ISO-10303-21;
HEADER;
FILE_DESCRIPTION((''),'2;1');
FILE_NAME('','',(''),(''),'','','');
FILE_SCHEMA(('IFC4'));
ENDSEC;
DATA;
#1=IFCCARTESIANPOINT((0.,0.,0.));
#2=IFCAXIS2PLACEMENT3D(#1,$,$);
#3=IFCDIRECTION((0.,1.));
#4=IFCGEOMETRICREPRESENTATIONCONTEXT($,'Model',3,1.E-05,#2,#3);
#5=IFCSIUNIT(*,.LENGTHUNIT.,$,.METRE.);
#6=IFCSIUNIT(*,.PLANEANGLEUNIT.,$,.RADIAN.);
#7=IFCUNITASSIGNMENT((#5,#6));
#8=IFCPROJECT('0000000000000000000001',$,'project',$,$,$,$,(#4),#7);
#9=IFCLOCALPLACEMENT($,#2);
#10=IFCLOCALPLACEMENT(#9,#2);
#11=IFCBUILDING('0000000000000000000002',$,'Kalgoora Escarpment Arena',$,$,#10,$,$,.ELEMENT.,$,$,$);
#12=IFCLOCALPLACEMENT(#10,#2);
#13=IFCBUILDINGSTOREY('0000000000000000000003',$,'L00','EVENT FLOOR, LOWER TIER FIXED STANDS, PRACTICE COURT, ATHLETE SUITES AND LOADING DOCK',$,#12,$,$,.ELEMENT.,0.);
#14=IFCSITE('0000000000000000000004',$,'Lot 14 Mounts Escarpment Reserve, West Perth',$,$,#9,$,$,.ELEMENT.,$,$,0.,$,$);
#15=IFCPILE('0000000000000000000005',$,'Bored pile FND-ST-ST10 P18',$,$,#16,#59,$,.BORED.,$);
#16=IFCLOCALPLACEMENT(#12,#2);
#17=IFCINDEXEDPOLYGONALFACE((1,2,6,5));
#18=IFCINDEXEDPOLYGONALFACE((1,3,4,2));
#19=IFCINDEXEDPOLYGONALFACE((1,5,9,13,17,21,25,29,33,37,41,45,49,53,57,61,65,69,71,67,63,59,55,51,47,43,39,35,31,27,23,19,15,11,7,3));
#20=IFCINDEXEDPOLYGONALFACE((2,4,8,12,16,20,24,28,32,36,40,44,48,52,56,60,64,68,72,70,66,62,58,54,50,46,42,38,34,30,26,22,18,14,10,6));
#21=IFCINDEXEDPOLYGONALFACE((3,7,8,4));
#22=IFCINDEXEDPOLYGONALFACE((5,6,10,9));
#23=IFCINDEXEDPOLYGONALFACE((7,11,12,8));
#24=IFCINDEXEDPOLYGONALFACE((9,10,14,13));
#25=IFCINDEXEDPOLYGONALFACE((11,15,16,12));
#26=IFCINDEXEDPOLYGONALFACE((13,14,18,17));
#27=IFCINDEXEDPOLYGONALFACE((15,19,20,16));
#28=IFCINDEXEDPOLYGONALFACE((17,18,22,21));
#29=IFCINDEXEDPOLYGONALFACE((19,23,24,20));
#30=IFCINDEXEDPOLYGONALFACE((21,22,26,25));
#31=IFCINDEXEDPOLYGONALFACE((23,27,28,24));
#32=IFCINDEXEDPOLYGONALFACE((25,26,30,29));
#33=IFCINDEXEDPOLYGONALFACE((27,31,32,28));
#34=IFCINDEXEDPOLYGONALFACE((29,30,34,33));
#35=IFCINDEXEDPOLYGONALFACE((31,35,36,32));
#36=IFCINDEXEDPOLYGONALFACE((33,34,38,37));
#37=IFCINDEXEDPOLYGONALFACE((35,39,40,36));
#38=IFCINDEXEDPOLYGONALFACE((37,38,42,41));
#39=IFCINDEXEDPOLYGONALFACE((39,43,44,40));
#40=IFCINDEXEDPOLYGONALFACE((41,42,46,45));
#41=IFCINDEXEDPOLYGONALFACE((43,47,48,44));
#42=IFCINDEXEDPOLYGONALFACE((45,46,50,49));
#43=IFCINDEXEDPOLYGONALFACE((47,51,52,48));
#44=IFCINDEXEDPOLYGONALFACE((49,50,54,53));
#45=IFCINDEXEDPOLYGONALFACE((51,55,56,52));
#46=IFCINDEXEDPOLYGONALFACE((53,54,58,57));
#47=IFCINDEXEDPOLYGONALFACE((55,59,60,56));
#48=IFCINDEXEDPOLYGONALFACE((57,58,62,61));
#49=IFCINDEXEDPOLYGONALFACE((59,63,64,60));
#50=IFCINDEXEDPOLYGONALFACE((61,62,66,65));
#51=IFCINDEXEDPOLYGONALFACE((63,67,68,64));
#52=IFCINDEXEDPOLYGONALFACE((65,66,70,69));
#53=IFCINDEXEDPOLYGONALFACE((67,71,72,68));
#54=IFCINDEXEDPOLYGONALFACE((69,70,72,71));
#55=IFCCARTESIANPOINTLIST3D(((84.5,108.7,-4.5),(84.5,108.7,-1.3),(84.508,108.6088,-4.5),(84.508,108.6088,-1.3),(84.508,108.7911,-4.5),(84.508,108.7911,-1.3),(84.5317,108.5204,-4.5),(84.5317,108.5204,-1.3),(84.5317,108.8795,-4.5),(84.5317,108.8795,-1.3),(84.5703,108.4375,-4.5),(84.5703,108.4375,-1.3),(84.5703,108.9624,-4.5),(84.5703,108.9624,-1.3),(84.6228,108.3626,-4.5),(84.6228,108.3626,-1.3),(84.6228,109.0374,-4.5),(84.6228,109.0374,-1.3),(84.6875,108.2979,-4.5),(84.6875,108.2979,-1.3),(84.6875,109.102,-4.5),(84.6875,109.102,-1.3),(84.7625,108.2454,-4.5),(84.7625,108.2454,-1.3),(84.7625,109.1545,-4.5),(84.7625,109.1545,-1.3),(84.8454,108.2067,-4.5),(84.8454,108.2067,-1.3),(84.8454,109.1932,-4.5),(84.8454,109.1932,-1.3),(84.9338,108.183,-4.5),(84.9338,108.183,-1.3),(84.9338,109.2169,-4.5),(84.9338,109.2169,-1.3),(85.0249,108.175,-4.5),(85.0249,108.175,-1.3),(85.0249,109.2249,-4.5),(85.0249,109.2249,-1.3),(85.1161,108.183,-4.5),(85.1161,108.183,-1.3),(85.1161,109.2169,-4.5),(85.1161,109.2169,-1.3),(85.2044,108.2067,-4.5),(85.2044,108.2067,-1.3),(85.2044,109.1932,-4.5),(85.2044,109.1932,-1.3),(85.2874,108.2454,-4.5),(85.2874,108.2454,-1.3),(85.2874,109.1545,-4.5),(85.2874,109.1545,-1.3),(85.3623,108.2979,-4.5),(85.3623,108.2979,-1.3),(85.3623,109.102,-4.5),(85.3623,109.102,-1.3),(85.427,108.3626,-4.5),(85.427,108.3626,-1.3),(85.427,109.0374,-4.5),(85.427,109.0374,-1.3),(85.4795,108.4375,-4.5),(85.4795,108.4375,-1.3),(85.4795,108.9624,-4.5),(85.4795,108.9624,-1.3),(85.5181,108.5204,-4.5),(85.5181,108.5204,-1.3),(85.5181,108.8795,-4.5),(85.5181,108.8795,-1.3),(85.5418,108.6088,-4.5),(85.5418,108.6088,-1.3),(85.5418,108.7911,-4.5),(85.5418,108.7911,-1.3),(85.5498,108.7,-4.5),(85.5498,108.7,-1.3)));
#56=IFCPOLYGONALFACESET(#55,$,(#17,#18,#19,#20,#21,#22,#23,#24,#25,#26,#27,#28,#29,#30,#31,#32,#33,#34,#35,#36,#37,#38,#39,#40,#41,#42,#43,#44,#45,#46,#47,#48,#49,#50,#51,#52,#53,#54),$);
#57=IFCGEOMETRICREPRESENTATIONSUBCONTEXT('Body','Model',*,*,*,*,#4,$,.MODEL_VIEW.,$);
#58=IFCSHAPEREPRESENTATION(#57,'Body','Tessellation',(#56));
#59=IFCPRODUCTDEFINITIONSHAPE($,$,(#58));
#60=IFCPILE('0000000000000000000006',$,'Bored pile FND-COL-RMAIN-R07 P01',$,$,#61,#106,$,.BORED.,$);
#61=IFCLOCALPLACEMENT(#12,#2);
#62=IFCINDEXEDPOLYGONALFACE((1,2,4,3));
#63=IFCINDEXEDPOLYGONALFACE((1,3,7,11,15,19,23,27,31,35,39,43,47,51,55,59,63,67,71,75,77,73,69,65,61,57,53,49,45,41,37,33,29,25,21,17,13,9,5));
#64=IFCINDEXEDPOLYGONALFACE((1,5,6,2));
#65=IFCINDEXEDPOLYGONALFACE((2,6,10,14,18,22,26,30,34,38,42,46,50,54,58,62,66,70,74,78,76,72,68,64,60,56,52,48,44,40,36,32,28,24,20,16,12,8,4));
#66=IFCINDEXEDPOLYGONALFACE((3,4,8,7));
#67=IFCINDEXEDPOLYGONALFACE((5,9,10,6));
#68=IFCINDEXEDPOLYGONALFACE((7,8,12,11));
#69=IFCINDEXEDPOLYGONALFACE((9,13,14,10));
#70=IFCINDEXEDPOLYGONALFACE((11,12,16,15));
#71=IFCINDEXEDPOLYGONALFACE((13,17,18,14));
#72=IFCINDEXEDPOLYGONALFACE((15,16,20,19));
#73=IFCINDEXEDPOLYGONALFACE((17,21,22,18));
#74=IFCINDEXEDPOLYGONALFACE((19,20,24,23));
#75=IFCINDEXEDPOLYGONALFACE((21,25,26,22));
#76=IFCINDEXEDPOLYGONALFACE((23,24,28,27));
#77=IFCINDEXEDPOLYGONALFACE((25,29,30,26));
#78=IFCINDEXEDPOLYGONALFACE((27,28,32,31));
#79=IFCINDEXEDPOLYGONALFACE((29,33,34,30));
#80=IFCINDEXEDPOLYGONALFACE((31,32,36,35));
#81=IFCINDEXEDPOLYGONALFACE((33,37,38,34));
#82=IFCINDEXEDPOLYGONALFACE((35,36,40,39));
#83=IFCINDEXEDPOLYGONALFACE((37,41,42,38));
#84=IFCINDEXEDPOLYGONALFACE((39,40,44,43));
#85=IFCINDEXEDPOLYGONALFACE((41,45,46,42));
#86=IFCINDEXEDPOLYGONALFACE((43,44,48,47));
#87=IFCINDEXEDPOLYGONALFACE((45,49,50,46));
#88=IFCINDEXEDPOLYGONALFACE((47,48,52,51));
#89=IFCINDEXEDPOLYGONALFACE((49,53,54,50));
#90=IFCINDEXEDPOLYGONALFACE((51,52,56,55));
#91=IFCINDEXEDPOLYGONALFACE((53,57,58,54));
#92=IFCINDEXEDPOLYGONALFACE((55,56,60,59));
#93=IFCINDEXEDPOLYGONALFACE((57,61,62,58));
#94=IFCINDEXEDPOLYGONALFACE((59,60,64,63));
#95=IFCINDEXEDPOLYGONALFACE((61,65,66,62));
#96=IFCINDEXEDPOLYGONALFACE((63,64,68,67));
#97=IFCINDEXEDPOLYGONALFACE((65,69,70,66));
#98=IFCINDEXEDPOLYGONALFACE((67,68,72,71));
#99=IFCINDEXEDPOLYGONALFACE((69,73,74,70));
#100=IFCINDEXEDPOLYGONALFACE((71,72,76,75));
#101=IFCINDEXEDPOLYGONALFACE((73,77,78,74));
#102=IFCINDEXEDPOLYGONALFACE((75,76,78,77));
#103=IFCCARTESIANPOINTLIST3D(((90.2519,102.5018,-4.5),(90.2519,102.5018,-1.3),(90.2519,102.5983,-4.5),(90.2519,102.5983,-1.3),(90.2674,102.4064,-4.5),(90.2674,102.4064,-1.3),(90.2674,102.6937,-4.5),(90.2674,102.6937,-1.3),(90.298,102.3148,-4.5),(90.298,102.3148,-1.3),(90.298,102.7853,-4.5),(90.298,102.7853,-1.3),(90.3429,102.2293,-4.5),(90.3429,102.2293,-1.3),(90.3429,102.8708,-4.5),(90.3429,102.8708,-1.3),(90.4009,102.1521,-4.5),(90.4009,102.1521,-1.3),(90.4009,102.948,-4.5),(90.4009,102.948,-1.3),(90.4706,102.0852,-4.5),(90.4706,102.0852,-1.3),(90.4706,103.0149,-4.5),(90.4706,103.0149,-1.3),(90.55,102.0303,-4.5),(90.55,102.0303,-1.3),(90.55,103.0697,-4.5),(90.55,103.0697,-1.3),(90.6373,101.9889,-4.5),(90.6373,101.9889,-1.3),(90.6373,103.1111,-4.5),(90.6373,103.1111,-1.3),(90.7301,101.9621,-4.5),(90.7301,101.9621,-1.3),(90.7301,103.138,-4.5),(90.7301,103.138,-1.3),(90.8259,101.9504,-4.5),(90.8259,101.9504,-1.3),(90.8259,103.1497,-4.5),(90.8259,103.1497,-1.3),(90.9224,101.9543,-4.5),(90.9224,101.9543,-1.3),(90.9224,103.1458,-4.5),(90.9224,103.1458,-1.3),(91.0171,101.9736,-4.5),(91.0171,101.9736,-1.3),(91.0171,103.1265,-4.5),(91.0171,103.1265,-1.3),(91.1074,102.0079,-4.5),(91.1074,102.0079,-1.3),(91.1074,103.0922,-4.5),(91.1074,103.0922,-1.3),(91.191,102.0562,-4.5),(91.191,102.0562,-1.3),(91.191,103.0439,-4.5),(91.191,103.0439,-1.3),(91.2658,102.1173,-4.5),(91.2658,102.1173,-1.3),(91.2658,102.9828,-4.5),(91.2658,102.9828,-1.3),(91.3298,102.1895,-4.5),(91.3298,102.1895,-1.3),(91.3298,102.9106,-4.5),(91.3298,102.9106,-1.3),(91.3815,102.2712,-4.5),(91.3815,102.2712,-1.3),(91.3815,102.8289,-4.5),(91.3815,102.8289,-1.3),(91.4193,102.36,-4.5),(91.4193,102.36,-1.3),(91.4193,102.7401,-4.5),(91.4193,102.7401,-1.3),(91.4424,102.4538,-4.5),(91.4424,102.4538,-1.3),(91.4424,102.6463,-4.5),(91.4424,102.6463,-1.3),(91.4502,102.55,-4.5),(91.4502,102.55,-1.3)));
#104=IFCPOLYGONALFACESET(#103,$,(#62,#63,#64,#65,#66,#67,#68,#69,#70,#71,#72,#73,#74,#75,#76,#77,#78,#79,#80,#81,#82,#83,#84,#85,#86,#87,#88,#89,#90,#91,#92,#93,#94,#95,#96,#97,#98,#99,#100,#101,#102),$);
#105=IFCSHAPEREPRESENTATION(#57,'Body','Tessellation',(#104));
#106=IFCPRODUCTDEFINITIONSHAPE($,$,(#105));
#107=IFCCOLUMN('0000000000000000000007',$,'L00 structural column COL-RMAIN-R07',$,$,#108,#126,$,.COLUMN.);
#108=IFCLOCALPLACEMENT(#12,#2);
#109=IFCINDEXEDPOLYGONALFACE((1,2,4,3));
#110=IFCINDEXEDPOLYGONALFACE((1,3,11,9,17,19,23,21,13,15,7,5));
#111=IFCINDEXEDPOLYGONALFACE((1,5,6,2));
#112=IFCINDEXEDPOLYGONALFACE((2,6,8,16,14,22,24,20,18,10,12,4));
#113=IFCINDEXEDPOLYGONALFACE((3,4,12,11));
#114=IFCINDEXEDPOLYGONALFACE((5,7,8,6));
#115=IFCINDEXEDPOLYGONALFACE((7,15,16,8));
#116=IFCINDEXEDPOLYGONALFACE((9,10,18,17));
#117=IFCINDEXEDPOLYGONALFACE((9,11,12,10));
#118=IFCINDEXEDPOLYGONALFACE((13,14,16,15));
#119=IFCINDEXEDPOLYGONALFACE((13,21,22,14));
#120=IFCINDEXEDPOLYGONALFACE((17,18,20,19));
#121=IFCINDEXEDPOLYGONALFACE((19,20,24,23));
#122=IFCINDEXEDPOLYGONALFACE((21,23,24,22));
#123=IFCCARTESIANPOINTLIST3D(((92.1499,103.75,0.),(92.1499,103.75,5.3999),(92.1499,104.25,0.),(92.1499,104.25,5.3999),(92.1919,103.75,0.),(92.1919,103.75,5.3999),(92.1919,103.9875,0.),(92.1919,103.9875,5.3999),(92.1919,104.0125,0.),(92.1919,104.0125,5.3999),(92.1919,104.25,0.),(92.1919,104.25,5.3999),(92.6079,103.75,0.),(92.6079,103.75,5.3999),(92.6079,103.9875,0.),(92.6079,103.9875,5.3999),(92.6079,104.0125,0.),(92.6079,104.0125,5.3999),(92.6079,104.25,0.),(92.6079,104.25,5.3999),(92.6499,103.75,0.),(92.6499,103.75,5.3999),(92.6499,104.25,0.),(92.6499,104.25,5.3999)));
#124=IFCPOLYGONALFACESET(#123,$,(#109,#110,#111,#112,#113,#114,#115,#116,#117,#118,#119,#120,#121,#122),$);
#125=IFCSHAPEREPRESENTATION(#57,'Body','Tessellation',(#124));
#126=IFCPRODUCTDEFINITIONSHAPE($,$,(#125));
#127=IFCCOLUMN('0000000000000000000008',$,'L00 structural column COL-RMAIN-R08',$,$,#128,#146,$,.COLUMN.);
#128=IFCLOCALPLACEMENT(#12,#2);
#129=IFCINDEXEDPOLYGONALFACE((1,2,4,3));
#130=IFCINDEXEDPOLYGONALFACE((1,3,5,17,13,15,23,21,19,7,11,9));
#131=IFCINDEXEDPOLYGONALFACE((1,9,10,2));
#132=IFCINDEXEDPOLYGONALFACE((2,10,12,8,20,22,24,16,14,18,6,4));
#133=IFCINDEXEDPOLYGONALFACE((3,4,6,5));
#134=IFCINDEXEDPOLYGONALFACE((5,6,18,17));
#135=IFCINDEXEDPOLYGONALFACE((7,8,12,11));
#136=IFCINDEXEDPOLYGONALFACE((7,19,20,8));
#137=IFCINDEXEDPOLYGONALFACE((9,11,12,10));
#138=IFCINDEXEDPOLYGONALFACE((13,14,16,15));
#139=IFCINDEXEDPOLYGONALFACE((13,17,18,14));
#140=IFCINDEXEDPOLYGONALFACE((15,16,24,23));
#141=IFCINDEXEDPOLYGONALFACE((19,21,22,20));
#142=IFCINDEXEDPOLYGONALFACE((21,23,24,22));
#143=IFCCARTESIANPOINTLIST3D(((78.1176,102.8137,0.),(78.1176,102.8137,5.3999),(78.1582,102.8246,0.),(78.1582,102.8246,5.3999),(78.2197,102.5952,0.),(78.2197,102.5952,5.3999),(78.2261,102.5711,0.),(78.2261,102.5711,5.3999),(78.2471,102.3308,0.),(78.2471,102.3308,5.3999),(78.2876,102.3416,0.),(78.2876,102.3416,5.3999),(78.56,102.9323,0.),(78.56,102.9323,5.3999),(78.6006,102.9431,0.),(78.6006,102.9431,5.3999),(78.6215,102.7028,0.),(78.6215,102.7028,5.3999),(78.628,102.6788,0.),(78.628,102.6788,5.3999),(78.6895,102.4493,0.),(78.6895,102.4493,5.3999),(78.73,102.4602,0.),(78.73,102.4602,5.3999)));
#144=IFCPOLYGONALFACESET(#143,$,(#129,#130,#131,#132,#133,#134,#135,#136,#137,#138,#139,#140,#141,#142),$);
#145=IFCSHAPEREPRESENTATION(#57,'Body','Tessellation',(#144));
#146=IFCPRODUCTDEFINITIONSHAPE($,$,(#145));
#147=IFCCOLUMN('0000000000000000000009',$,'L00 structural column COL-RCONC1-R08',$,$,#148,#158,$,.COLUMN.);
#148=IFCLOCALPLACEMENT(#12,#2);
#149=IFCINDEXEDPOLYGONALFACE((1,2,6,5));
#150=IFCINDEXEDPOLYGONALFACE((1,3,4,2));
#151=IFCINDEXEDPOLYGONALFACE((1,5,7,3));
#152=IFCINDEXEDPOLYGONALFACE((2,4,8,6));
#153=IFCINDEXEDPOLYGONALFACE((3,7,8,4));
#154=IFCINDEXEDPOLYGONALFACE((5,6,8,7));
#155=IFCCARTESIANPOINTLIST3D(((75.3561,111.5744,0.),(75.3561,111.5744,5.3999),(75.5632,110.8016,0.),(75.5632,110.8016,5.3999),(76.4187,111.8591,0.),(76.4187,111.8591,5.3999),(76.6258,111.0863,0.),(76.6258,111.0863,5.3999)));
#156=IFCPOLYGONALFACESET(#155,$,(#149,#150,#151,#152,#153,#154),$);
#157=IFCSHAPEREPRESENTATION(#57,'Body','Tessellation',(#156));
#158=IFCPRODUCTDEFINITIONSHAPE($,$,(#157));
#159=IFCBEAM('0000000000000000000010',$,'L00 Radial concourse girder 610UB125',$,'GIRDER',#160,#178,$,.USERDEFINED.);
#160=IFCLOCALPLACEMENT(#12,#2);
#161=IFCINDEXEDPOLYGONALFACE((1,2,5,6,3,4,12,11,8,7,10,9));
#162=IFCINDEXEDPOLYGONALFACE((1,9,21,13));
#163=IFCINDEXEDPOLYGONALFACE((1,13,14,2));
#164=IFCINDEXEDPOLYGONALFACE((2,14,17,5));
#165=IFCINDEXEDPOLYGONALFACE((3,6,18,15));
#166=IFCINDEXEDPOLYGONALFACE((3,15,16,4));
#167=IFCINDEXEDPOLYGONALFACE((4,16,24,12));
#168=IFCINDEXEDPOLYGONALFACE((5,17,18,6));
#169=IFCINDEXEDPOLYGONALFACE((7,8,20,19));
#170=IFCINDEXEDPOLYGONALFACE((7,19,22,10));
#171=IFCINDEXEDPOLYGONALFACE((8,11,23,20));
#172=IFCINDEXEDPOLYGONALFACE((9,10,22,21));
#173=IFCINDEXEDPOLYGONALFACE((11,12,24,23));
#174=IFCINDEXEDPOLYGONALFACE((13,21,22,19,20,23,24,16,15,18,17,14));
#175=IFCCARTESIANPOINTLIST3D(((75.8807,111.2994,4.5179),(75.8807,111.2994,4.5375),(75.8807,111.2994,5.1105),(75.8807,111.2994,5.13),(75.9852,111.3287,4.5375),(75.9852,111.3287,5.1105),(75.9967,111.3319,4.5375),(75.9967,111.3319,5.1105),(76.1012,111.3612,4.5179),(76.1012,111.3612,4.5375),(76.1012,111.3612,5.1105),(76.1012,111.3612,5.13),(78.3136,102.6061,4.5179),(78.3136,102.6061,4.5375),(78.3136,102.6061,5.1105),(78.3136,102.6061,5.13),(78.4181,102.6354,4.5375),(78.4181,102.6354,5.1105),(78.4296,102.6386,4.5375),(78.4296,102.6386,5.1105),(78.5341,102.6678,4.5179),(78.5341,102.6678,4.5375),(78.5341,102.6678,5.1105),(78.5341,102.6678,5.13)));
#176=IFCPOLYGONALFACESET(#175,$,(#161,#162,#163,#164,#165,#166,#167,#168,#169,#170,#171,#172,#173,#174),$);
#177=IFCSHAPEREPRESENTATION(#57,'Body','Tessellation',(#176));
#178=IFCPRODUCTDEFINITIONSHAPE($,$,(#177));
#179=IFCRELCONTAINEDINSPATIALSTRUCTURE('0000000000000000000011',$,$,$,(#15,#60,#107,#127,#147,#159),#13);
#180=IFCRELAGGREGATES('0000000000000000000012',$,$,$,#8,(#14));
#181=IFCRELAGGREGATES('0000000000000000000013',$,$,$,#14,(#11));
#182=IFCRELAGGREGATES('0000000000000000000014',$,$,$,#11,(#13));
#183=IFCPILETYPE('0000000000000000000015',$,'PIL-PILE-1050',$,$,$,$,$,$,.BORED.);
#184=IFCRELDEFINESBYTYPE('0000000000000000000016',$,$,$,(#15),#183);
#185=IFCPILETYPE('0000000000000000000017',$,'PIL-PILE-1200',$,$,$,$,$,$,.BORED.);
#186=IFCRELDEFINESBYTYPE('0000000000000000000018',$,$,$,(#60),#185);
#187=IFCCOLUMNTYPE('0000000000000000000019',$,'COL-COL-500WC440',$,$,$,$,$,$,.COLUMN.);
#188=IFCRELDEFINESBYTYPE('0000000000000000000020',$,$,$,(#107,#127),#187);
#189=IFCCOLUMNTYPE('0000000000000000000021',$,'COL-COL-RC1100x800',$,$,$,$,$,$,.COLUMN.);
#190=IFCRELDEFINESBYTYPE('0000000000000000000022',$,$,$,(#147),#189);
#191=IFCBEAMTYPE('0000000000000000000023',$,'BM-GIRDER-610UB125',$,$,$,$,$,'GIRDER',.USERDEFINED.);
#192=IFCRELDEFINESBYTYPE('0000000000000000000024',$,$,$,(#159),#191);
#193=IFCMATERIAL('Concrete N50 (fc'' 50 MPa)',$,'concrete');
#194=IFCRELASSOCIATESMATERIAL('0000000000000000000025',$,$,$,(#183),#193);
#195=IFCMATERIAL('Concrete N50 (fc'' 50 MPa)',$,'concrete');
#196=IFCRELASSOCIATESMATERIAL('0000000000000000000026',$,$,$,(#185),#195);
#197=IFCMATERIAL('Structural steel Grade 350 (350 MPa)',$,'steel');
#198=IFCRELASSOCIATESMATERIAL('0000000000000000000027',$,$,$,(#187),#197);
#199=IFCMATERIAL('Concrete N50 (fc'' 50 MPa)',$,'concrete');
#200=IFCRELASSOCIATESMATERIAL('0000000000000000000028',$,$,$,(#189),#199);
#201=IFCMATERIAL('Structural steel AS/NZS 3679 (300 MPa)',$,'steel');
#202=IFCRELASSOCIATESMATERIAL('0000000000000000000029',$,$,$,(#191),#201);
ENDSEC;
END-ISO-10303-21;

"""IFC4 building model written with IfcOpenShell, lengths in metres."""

from ifc_helpers import new_model, si_unit, direction, frame, origin, origin_2d, place, context, subcontext, project, spatial, rectangle, circle, i_section, extrude, material, material_profile, profile_set, type_object, element, save


model = new_model("IFC4")

# Units and contexts
model_context = context("Model", 3, precision=1e-05, world=origin(), true_north=direction((0.0, 1.0)))
body_context = subcontext(model_context, "Body", "Model", "MODEL_VIEW")
ifc_project = project(units=[si_unit("LENGTHUNIT", "METRE"), si_unit("PLANEANGLEUNIT", "RADIAN")], contexts=[model_context])

# Site, building, storey
site_placement = place(None, origin())
site = spatial("IfcSite", under=ifc_project, at=site_placement, Name="Lot 14 Mounts Escarpment Reserve, West Perth", CompositionType="ELEMENT", RefElevation=0.0)
building_placement = place(site_placement, origin())
building = spatial("IfcBuilding", under=site, at=building_placement, Name="Kalgoora Escarpment Arena", CompositionType="ELEMENT")
storey_placement = place(building_placement, origin())
storey = spatial("IfcBuildingStorey", under=building, at=storey_placement, Name="L00", Description="EVENT FLOOR, LOWER TIER FIXED STANDS, PRACTICE COURT, ATHLETE SUITES AND LOADING DOCK", CompositionType="ELEMENT", Elevation=0.0)

# Piles
ifc_material_1 = material(Name="Concrete N50 (fc' 50 MPa)", Category="concrete")
ifc_material_profile_1 = material_profile(ifc_material_1, circle(Radius=0.5249, at=origin_2d()))
ifc_profile_set_1 = profile_set([ifc_material_profile_1], Name="Concrete N50 (fc' 50 MPa)")
pile_type_1 = type_object("IfcPileType", Name="PIL-PILE-1050", PredefinedType="BORED", material=ifc_profile_set_1)
for number, where, z_axis, x_axis, name in (
    (1, (85.0249, 108.7, -1.3), (0.0, 0.0, -1.0), (1.0, 0.0, 0.0), "Bored pile FND-ST-ST10 P18"),
):
    element("IfcPile", number, at=place(storey_placement, frame(where, z_axis=z_axis, x_axis=x_axis)), inside=storey, type_object=pile_type_1, Name=name, PredefinedType="BORED", context=body_context, shape_type="SweptSolid", body=[
        extrude(circle(Radius=0.5249, at=origin_2d()), origin(), (0.0, 0.0, 1.0), 3.2),
    ])
ifc_material_2 = material(Name="Concrete N50 (fc' 50 MPa)", Category="concrete")
ifc_material_profile_2 = material_profile(ifc_material_2, circle(Radius=0.6001, at=origin_2d()))
ifc_profile_set_2 = profile_set([ifc_material_profile_2], Name="Concrete N50 (fc' 50 MPa)")
pile_type_2 = type_object("IfcPileType", Name="PIL-PILE-1200", PredefinedType="BORED", material=ifc_profile_set_2)
pile_placement = place(storey_placement, frame((90.8501, 102.55, -1.3), z_axis=(0.0, 0.0, -1.0), x_axis=(1.0, 0.0, 0.0)))
element("IfcPile", 2, at=pile_placement, inside=storey, type_object=pile_type_2, Name="Bored pile FND-COL-RMAIN-R07 P01", PredefinedType="BORED", context=body_context, shape_type="SweptSolid", body=[
    extrude(circle(Radius=0.6001, at=origin_2d()), origin(), (0.0, 0.0, 1.0), 3.2),
])

# Columns
ifc_material_3 = material(Name="Structural steel Grade 350 (350 MPa)", Category="steel")
ifc_material_profile_3 = material_profile(ifc_material_3, i_section(OverallWidth=0.5, OverallDepth=0.5, WebThickness=0.0249, FlangeThickness=0.042, at=origin_2d()))
ifc_profile_set_3 = profile_set([ifc_material_profile_3], Name="Structural steel Grade 350 (350 MPa)")
column_type_1 = type_object("IfcColumnType", Name="COL-COL-500WC440", PredefinedType="COLUMN", material=ifc_profile_set_3)
for number, where, z_axis, x_axis, name in (
    (3, (92.3999, 104.0, 0.0), (0.0, 0.0, 1.0), (0.0, 1.0, 0.0), "L00 structural column COL-RMAIN-R07"),
    (4, (78.4238, 102.637, 0.0), (0.0, 0.0, 1.0), (-0.258819, 0.965926, 0.0), "L00 structural column COL-RMAIN-R08"),
):
    element("IfcColumn", number, at=place(storey_placement, frame(where, z_axis=z_axis, x_axis=x_axis)), inside=storey, type_object=column_type_1, Name=name, PredefinedType="COLUMN", context=body_context, shape_type="SweptSolid", body=[
        extrude(i_section(OverallWidth=0.5, OverallDepth=0.5, WebThickness=0.0249, FlangeThickness=0.042, at=origin_2d()), origin(), (0.0, 0.0, 1.0), 5.3999),
    ])
ifc_material_4 = material(Name="Concrete N50 (fc' 50 MPa)", Category="concrete")
ifc_material_profile_4 = material_profile(ifc_material_4, rectangle(XDim=0.8, YDim=1.1001, at=origin_2d()))
ifc_profile_set_4 = profile_set([ifc_material_profile_4], Name="Concrete N50 (fc' 50 MPa)")
column_type_2 = type_object("IfcColumnType", Name="COL-COL-RC1100x800", PredefinedType="COLUMN", material=ifc_profile_set_4)
column_placement = place(storey_placement, frame((75.991, 111.3303, 0.0), z_axis=(0.0, 0.0, 1.0), x_axis=(-0.258819, 0.965926, 0.0)))
element("IfcColumn", 5, at=column_placement, inside=storey, type_object=column_type_2, Name="L00 structural column COL-RCONC1-R08", PredefinedType="COLUMN", context=body_context, shape_type="SweptSolid", body=[
    extrude(rectangle(XDim=0.8, YDim=1.1001, at=origin_2d()), origin(), (0.0, 0.0, 1.0), 5.3999),
])

# Beam
ifc_material_5 = material(Name="Structural steel AS/NZS 3679 (300 MPa)", Category="steel")
ifc_material_profile_5 = material_profile(ifc_material_5, i_section(OverallWidth=0.229, OverallDepth=0.6121, WebThickness=0.012, FlangeThickness=0.0195, at=origin_2d()))
ifc_profile_set_5 = profile_set([ifc_material_profile_5], Name="Structural steel AS/NZS 3679 (300 MPa)")
beam_type_1 = type_object("IfcBeamType", Name="BM-GIRDER-610UB125", ElementType="GIRDER", PredefinedType="USERDEFINED", material=ifc_profile_set_5)
beam_1_placement = place(storey_placement, frame((78.4238, 102.637, 4.824), z_axis=(-0.269499, 0.963001, 0.0), x_axis=(-0.963001, -0.269499, 0.0)))
element("IfcBeam", 6, at=beam_1_placement, inside=storey, type_object=beam_type_1, Name="L00 Radial concourse girder 610UB125", ObjectType="GIRDER", PredefinedType="USERDEFINED", context=body_context, shape_type="SweptSolid", body=[
    extrude(i_section(OverallWidth=0.229, OverallDepth=0.6121, WebThickness=0.012, FlangeThickness=0.0195, at=origin_2d()), origin(), (0.0, 0.0, 1.0), 9.0273),
])

save(model, "model.ifc")
